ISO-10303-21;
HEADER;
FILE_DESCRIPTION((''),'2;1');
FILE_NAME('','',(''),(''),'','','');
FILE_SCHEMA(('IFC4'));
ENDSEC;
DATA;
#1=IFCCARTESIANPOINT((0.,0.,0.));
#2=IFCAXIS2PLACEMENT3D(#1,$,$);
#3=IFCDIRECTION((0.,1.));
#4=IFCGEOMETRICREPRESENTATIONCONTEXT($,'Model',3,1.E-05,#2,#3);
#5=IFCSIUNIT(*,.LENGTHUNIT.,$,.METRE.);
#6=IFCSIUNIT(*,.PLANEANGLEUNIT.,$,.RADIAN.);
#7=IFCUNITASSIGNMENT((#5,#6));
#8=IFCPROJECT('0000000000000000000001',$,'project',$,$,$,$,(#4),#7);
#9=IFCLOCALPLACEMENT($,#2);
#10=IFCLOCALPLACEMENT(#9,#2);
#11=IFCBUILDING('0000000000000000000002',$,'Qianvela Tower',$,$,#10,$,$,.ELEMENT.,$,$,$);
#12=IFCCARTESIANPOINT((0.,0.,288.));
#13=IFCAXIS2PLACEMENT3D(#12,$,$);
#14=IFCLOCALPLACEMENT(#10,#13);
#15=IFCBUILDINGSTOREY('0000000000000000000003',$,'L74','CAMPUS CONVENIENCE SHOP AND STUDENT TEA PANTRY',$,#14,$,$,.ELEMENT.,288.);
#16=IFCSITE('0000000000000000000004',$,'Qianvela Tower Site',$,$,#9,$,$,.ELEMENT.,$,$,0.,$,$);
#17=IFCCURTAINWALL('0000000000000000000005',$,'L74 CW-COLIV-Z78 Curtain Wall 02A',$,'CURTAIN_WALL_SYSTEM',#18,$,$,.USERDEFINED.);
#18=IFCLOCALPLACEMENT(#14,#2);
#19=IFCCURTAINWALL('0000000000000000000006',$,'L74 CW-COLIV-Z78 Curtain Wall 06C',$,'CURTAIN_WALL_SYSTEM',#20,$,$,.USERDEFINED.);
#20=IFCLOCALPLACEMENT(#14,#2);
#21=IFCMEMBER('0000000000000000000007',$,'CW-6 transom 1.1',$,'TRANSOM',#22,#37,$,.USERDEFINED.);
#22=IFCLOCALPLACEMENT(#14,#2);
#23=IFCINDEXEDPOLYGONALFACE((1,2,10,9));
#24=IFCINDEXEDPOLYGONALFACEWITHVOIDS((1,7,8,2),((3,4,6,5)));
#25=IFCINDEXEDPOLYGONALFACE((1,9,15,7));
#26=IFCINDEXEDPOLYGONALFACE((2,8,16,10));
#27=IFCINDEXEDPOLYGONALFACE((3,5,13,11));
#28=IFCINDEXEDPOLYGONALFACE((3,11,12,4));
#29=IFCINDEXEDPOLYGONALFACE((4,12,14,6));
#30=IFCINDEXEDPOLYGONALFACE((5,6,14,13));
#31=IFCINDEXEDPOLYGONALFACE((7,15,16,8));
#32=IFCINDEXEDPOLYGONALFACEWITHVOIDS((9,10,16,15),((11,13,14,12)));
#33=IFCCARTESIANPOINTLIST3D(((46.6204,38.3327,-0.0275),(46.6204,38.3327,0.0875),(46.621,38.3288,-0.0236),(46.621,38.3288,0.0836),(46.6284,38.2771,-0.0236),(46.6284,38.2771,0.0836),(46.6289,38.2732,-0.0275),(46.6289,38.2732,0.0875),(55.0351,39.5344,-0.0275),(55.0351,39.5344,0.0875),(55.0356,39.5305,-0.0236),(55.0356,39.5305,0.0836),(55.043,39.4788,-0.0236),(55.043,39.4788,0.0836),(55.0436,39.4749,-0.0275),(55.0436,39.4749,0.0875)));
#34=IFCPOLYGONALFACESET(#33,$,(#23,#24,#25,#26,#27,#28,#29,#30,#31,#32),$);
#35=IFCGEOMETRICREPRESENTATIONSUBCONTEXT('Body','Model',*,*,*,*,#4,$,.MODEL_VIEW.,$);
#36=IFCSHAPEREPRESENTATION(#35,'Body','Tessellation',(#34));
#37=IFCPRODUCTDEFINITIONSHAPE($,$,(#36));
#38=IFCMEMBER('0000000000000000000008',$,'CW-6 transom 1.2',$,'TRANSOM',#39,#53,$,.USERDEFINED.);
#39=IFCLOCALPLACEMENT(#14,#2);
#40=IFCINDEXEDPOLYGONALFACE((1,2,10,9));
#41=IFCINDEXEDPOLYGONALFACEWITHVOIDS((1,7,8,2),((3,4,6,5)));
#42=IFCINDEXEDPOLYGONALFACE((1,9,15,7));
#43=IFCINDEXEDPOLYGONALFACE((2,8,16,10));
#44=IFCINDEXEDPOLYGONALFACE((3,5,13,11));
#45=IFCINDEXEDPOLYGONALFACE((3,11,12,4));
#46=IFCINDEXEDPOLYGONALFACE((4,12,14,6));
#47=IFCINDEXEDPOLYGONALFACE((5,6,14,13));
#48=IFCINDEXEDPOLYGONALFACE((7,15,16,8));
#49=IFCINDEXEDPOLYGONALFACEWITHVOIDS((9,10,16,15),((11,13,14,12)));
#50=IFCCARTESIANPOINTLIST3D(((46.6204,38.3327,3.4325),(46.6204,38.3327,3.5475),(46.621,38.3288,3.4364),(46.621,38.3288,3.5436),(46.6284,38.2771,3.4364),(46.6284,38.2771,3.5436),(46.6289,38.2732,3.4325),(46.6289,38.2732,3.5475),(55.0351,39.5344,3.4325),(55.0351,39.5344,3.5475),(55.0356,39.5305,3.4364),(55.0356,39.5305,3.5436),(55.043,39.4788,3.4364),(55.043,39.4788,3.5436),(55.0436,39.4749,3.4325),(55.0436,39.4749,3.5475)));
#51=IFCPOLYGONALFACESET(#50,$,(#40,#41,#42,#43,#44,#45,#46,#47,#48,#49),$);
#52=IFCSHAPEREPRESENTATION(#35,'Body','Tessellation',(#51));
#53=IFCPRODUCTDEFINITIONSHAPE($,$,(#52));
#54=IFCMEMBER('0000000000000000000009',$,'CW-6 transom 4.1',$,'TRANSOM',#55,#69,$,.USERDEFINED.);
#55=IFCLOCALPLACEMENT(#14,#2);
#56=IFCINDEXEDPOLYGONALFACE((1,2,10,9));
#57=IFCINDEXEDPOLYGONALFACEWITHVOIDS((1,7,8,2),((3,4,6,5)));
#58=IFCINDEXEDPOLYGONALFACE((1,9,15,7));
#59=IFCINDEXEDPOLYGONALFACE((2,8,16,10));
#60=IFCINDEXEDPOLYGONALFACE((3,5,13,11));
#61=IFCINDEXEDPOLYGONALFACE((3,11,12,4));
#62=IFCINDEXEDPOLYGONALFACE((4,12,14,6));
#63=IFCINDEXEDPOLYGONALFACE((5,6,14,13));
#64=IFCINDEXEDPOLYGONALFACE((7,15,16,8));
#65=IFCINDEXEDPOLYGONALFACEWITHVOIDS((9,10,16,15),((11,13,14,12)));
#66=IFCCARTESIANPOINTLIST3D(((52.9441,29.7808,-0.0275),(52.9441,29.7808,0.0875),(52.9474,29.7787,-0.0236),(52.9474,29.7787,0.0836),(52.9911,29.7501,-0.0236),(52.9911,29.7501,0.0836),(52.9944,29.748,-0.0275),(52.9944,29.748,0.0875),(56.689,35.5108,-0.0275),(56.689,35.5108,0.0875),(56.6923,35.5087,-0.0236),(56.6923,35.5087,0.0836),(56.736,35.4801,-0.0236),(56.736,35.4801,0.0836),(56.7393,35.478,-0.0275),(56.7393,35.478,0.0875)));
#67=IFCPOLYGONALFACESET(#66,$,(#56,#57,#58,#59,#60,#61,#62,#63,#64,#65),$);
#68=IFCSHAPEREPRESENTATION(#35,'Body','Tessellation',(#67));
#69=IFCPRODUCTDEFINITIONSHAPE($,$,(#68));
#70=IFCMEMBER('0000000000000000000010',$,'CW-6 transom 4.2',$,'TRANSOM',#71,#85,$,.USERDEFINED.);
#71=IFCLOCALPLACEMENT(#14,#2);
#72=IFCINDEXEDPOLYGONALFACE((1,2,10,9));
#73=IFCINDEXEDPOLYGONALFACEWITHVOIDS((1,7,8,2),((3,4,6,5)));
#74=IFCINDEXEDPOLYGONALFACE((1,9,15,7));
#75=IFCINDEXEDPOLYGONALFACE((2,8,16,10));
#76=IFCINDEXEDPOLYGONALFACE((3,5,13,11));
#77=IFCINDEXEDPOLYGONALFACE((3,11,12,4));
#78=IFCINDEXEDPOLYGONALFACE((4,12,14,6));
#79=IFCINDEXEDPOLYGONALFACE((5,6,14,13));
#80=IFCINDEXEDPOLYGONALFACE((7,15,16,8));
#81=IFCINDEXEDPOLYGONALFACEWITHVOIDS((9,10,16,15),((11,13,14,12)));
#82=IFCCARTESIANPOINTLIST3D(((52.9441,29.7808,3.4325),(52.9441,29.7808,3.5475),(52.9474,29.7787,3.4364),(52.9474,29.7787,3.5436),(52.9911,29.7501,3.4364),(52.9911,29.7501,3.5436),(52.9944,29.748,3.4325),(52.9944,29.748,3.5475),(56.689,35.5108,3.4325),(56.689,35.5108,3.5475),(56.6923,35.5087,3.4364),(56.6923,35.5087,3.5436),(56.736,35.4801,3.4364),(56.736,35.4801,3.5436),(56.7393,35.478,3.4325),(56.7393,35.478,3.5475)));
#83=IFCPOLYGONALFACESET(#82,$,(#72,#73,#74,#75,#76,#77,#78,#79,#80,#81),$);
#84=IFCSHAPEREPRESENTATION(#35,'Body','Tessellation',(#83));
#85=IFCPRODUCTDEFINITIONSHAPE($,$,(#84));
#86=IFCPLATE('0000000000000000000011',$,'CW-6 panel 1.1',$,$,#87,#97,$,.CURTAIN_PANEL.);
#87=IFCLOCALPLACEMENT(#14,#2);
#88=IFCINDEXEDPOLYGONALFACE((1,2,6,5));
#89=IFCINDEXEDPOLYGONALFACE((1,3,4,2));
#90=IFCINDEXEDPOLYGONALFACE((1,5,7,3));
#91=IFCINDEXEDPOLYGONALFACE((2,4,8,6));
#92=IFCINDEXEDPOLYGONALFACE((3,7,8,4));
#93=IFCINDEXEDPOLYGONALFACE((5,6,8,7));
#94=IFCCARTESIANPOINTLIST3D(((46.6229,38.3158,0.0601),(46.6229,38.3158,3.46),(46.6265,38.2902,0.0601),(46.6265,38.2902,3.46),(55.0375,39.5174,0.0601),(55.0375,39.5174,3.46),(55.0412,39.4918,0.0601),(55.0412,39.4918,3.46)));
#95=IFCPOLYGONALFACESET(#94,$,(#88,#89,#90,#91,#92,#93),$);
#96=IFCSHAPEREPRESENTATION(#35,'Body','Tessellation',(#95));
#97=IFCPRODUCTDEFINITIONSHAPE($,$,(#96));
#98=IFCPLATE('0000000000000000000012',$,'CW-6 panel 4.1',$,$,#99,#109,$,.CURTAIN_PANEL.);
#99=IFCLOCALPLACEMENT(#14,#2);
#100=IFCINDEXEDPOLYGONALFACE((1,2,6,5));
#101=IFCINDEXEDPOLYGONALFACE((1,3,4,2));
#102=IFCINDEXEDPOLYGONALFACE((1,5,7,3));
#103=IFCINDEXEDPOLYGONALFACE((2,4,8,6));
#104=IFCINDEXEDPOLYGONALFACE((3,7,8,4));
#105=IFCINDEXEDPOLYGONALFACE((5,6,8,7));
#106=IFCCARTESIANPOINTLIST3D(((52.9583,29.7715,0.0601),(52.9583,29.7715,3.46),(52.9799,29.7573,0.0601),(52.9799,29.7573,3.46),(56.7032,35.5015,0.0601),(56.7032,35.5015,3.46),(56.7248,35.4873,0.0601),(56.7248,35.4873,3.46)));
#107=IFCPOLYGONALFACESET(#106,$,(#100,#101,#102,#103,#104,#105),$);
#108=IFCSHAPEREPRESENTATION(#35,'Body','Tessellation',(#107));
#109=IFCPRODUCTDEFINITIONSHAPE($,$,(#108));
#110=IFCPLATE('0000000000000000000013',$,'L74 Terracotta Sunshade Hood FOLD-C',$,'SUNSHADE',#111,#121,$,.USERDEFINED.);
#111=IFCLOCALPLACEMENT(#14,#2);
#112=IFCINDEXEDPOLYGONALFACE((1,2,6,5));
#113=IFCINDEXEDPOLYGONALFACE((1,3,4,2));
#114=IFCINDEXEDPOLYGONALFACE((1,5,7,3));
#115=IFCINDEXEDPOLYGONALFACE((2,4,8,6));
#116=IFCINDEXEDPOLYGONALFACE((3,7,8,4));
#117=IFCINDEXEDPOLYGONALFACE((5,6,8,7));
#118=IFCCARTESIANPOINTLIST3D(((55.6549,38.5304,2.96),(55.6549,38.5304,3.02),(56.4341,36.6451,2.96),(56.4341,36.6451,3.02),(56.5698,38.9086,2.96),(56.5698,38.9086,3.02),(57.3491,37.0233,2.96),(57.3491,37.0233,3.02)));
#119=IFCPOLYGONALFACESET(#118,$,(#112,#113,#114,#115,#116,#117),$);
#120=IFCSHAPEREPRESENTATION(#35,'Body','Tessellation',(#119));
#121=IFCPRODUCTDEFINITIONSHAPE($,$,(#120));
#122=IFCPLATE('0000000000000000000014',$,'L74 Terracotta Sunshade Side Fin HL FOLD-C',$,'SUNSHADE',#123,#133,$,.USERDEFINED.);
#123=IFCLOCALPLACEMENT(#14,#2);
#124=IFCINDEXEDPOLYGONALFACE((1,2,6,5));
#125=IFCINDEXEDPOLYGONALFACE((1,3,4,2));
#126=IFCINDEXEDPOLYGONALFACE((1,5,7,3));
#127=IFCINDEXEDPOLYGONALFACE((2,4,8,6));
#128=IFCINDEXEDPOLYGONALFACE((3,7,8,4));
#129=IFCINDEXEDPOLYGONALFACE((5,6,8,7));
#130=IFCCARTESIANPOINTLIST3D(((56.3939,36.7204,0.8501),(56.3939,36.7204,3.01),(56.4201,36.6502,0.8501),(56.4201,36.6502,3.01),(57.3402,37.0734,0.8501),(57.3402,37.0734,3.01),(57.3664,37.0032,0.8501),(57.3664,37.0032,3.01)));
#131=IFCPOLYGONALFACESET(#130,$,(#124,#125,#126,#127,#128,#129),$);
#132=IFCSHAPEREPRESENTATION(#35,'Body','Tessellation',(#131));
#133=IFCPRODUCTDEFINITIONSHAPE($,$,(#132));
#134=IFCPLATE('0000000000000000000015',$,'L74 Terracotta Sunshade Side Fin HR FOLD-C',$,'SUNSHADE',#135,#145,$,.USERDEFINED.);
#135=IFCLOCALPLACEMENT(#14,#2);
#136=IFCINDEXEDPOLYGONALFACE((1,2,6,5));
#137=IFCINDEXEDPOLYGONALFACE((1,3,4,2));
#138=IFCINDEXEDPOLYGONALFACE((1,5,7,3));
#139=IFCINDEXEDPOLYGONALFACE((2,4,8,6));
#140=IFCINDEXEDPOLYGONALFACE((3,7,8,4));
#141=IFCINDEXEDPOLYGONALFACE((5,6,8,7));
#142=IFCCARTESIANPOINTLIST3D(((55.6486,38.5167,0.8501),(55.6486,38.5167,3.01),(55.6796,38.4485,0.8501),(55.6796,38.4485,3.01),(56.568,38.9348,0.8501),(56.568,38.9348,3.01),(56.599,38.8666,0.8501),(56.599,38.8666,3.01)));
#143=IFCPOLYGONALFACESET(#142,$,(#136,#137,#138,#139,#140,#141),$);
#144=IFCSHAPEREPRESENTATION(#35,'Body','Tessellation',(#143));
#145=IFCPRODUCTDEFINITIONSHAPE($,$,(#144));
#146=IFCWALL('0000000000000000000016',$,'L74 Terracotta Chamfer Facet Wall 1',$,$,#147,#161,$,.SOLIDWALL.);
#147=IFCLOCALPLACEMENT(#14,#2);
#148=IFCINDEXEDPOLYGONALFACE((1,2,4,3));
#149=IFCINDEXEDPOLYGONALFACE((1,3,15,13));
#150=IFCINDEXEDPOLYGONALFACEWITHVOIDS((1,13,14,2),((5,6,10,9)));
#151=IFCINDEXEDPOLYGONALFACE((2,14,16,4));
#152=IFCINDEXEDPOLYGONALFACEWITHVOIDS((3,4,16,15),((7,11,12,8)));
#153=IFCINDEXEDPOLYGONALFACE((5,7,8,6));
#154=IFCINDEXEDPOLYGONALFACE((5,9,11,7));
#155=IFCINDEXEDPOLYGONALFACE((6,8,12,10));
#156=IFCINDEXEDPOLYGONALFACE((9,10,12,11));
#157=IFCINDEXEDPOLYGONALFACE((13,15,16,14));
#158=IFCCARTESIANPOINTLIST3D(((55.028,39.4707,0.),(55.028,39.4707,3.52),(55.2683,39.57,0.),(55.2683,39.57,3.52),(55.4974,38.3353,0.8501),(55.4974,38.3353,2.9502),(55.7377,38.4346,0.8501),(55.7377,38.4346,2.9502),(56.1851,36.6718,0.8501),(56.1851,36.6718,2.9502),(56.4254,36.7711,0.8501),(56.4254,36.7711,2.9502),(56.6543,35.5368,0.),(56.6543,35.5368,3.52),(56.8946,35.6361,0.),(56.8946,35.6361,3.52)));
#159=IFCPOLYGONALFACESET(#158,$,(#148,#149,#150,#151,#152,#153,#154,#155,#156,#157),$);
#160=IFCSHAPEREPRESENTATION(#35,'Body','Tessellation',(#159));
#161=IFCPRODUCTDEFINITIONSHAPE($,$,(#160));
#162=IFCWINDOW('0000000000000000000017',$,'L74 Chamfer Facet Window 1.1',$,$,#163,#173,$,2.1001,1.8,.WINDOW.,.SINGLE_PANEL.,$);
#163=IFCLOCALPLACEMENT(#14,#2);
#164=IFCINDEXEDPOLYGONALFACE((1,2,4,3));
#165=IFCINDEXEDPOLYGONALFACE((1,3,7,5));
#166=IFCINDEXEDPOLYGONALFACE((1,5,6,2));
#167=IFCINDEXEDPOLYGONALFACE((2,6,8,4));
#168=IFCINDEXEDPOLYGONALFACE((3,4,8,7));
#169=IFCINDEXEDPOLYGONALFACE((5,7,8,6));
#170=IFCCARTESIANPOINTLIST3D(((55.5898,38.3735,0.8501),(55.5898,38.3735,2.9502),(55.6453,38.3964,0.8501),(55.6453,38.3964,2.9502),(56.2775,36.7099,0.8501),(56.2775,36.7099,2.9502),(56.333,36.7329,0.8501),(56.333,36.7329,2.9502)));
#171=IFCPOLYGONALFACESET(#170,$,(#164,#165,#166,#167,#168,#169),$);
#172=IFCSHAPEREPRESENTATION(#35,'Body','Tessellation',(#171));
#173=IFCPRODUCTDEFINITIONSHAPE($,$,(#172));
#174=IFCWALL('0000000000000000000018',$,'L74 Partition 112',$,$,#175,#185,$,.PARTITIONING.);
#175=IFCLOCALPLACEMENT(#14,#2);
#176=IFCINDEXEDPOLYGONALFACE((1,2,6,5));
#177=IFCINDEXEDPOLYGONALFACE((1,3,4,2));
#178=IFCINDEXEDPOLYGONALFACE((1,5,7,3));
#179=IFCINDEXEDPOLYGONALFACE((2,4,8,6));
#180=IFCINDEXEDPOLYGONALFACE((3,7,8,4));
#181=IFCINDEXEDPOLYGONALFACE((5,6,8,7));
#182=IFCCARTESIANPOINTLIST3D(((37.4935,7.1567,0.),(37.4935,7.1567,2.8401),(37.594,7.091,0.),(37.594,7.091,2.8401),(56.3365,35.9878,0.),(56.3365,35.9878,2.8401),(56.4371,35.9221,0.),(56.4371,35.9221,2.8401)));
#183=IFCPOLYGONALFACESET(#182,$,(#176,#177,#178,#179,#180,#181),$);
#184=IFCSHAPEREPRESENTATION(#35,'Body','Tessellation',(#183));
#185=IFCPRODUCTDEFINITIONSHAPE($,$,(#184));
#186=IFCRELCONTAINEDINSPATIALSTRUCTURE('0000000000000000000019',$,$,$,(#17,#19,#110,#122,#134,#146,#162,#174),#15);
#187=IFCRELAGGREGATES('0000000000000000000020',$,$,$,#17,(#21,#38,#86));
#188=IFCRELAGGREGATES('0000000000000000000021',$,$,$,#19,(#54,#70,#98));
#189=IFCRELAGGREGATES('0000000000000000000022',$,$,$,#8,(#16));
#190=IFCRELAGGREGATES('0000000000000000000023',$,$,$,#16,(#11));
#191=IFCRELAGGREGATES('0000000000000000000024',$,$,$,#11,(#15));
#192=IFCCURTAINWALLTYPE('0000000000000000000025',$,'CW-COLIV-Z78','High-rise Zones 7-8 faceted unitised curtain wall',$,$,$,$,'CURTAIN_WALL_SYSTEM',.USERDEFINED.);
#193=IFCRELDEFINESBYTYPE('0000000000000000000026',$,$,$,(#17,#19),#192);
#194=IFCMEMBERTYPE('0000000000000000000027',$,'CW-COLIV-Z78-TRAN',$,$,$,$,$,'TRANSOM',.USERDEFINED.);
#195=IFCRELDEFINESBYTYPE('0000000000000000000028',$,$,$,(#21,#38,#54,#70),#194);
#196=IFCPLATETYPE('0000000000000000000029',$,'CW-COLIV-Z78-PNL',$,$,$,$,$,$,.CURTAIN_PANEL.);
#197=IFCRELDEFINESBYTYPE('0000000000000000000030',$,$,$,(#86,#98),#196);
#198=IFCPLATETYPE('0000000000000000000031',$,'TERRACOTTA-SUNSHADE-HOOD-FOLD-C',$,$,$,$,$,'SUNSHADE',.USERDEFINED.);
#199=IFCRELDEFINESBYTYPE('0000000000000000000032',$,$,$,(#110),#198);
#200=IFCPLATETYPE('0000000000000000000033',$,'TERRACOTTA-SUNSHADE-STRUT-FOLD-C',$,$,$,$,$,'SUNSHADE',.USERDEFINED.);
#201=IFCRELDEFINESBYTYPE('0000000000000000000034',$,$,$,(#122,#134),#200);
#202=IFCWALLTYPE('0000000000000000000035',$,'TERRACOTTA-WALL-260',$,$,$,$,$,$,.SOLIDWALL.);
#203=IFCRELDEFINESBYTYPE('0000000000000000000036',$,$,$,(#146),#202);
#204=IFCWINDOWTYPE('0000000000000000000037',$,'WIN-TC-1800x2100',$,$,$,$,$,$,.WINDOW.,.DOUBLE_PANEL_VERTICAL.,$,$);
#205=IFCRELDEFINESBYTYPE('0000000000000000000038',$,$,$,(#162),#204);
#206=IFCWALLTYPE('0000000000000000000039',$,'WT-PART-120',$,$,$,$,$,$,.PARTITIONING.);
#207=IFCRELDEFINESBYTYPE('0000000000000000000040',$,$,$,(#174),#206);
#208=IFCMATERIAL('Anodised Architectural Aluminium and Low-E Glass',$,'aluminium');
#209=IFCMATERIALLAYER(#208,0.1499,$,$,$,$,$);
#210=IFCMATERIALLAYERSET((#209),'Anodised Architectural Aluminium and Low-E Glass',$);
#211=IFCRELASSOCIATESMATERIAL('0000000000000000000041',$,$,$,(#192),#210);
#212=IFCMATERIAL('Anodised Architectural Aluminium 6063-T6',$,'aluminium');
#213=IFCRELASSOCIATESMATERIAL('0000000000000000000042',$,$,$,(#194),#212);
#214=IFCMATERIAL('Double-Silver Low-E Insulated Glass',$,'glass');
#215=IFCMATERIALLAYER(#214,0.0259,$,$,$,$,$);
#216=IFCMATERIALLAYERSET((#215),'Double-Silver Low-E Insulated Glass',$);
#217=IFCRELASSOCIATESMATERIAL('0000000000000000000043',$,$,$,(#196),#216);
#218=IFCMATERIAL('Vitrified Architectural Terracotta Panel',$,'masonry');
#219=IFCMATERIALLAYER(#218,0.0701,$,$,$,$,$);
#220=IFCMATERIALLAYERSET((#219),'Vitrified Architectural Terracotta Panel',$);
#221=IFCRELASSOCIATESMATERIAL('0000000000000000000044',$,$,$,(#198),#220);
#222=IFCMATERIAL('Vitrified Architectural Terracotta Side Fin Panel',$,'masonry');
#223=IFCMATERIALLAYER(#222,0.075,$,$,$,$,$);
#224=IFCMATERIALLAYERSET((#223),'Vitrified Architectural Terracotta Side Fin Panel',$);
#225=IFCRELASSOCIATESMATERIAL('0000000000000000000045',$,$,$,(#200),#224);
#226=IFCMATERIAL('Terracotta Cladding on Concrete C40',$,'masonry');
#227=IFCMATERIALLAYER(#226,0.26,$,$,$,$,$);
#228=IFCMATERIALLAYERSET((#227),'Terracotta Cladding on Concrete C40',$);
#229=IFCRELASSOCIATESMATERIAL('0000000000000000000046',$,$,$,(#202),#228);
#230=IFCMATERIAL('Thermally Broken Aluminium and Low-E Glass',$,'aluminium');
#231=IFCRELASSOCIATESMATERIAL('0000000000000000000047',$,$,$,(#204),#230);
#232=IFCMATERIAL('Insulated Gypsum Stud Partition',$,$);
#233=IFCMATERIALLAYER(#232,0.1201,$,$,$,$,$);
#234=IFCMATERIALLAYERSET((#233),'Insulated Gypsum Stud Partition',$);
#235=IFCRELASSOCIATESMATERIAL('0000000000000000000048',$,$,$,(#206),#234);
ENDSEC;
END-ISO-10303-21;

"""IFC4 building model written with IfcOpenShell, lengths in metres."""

from ifc_helpers import new_model, si_unit, direction, frame, frame_2d, origin, origin_2d, place, context, subcontext, project, spatial, rectangle, hollow_rectangle, extrude, material, layer, layer_set, material_profile, profile_set, type_object, element, fill, aggregate, save


model = new_model("IFC4")

# Units and contexts
model_context = context("Model", 3, precision=1e-05, world=origin(), true_north=direction((0.0, 1.0)))
body_context = subcontext(model_context, "Body", "Model", "MODEL_VIEW")
ifc_project = project(units=[si_unit("LENGTHUNIT", "METRE"), si_unit("PLANEANGLEUNIT", "RADIAN")], contexts=[model_context])

# Site, building, storey
site_placement = place(None, origin())
site = spatial("IfcSite", under=ifc_project, at=site_placement, Name="Qianvela Tower Site", CompositionType="ELEMENT", RefElevation=0.0)
building_placement = place(site_placement, origin())
building = spatial("IfcBuilding", under=site, at=building_placement, Name="Qianvela Tower", CompositionType="ELEMENT")
storey_placement = place(building_placement, frame((0.0, 0.0, 288.0)))
storey = spatial("IfcBuildingStorey", under=building, at=storey_placement, Name="L74", Description="CAMPUS CONVENIENCE SHOP AND STUDENT TEA PANTRY", CompositionType="ELEMENT", Elevation=288.0)

# Curtain walls
ifc_material_1 = material(Name="Anodised Architectural Aluminium and Low-E Glass", Category="aluminium")
ifc_layer_1 = layer(ifc_material_1, 0.1499)
ifc_layer_set_1 = layer_set([ifc_layer_1], Name="Anodised Architectural Aluminium and Low-E Glass")
curtain_wall_type = type_object("IfcCurtainWallType", Name="CW-COLIV-Z78", Description="High-rise Zones 7-8 faceted unitised curtain wall", ElementType="CURTAIN_WALL_SYSTEM", PredefinedType="USERDEFINED", material=ifc_layer_set_1)
curtain_wall_1_placement = place(storey_placement, origin())
curtain_wall_1 = element("IfcCurtainWall", 1, at=curtain_wall_1_placement, inside=storey, type_object=curtain_wall_type, Name="L74 CW-COLIV-Z78 Curtain Wall 02A", ObjectType="CURTAIN_WALL_SYSTEM", PredefinedType="USERDEFINED")
curtain_wall_2_placement = place(storey_placement, origin())
curtain_wall_2 = element("IfcCurtainWall", 2, at=curtain_wall_2_placement, inside=storey, type_object=curtain_wall_type, Name="L74 CW-COLIV-Z78 Curtain Wall 06C", ObjectType="CURTAIN_WALL_SYSTEM", PredefinedType="USERDEFINED")

# Members
ifc_material_2 = material(Name="Anodised Architectural Aluminium 6063-T6", Category="aluminium")
ifc_material_profile_1 = material_profile(ifc_material_2, hollow_rectangle(XDim=0.0601, YDim=0.115, WallThickness=0.0039, at=origin_2d()), Name="ALU-TRAN-60x115")
ifc_profile_set_1 = profile_set([ifc_material_profile_1], Name="Anodised Architectural Aluminium 6063-T6")
member_type_1 = type_object("IfcMemberType", Name="CW-COLIV-Z78-TRAN", ElementType="TRANSOM", PredefinedType="USERDEFINED", material=ifc_profile_set_1)
member_1_placement = place(storey_placement, frame((55.0393, 39.5046, 0.03), z_axis=(-0.989956, -0.141373, 0.0), x_axis=(0.141373, -0.989956, 0.0)))
member_1 = element("IfcMember", 3, at=member_1_placement, type_object=member_type_1, Name="CW-6 transom 1.1", ObjectType="TRANSOM", PredefinedType="USERDEFINED", context=body_context, shape_type="SweptSolid", body=[
    extrude(hollow_rectangle(XDim=0.0601, YDim=0.115, WallThickness=0.0039, at=origin_2d()), origin(), (0.0, 0.0, 1.0), 8.5),
])
member_2_placement = place(storey_placement, frame((55.0393, 39.5046, 3.49), z_axis=(-0.989956, -0.141373, 0.0), x_axis=(0.141373, -0.989956, 0.0)))
member_2 = element("IfcMember", 4, at=member_2_placement, type_object=member_type_1, Name="CW-6 transom 1.2", ObjectType="TRANSOM", PredefinedType="USERDEFINED", context=body_context, shape_type="SweptSolid", body=[
    extrude(hollow_rectangle(XDim=0.0601, YDim=0.115, WallThickness=0.0039, at=origin_2d()), origin(), (0.0, 0.0, 1.0), 8.5),
])
member_3_placement = place(storey_placement, frame((52.9692, 29.7644, 0.03), z_axis=(0.54708, 0.83708, 0.0), x_axis=(-0.83708, 0.54708, 0.0)))
member_3 = element("IfcMember", 5, at=member_3_placement, type_object=member_type_1, Name="CW-6 transom 4.1", ObjectType="TRANSOM", PredefinedType="USERDEFINED", context=body_context, shape_type="SweptSolid", body=[
    extrude(hollow_rectangle(XDim=0.0601, YDim=0.115, WallThickness=0.0039, at=origin_2d()), origin(), (0.0, 0.0, 1.0), 6.8452),
])
member_4_placement = place(storey_placement, frame((52.9692, 29.7644, 3.49), z_axis=(0.54708, 0.83708, 0.0), x_axis=(-0.83708, 0.54708, 0.0)))
member_4 = element("IfcMember", 6, at=member_4_placement, type_object=member_type_1, Name="CW-6 transom 4.2", ObjectType="TRANSOM", PredefinedType="USERDEFINED", context=body_context, shape_type="SweptSolid", body=[
    extrude(hollow_rectangle(XDim=0.0601, YDim=0.115, WallThickness=0.0039, at=origin_2d()), origin(), (0.0, 0.0, 1.0), 6.8452),
])

# Plates
ifc_material_3 = material(Name="Double-Silver Low-E Insulated Glass", Category="glass")
ifc_layer_2 = layer(ifc_material_3, 0.0259)
ifc_layer_set_2 = layer_set([ifc_layer_2], Name="Double-Silver Low-E Insulated Glass")
plate_type_1 = type_object("IfcPlateType", Name="CW-COLIV-Z78-PNL", PredefinedType="CURTAIN_PANEL", material=ifc_layer_set_2)
plate_1_placement = place(storey_placement, frame((50.832, 38.9038, 0.0601), z_axis=(0.0, 0.0, 1.0), x_axis=(-0.989958, -0.141362, 0.0)))
plate_1 = element("IfcPlate", 7, at=plate_1_placement, type_object=plate_type_1, Name="CW-6 panel 1.1", PredefinedType="CURTAIN_PANEL", context=body_context, shape_type="SweptSolid", body=[
    extrude(rectangle(XDim=8.5, YDim=0.0259, at=origin_2d()), origin(), (0.0, 0.0, 1.0), 3.3999),
])
aggregate(curtain_wall_1, [member_1, member_2, plate_1])
plate_2_placement = place(storey_placement, frame((54.8416, 32.6294, 0.0601), z_axis=(0.0, 0.0, 1.0), x_axis=(0.547081, 0.83708, 0.0)))
plate_2 = element("IfcPlate", 8, at=plate_2_placement, type_object=plate_type_1, Name="CW-6 panel 4.1", PredefinedType="CURTAIN_PANEL", context=body_context, shape_type="SweptSolid", body=[
    extrude(rectangle(XDim=6.8452, YDim=0.0259, at=origin_2d()), origin(), (0.0, 0.0, 1.0), 3.3999),
])
aggregate(curtain_wall_2, [member_3, member_4, plate_2])

# Plates
ifc_material_4 = material(Name="Vitrified Architectural Terracotta Panel", Category="masonry")
ifc_layer_3 = layer(ifc_material_4, 0.0701)
ifc_layer_set_3 = layer_set([ifc_layer_3], Name="Vitrified Architectural Terracotta Panel")
plate_type_2 = type_object("IfcPlateType", Name="TERRACOTTA-SUNSHADE-HOOD-FOLD-C", ElementType="SUNSHADE", PredefinedType="USERDEFINED", material=ifc_layer_set_3)
plate_3_placement = place(storey_placement, frame((56.502, 37.7769, 2.96), z_axis=(0.0, 0.0, 1.0), x_axis=(-0.381995, 0.924164, 0.0)))
element("IfcPlate", 9, at=plate_3_placement, inside=storey, type_object=plate_type_2, Name="L74 Terracotta Sunshade Hood FOLD-C", ObjectType="SUNSHADE", PredefinedType="USERDEFINED", context=body_context, shape_type="SweptSolid", body=[
    extrude(rectangle(XDim=2.04, YDim=0.99, at=origin_2d()), origin(), (0.0, 0.0, 1.0), 0.0601),
])
ifc_material_5 = material(Name="Vitrified Architectural Terracotta Side Fin Panel", Category="masonry")
ifc_layer_4 = layer(ifc_material_5, 0.075)
ifc_layer_set_4 = layer_set([ifc_layer_4], Name="Vitrified Architectural Terracotta Side Fin Panel")
plate_type_3 = type_object("IfcPlateType", Name="TERRACOTTA-SUNSHADE-STRUT-FOLD-C", ElementType="SUNSHADE", PredefinedType="USERDEFINED", material=ifc_layer_set_4)
for number, where, z_axis, x_axis, name in (
    (10, (56.8801, 36.8618, 0.8501), (0.0, 0.0, 1.0), (-0.349509, 0.936933, 0.0), "L74 Terracotta Sunshade Side Fin HL FOLD-C"),
    (11, (56.1238, 38.6917, 0.8501), (0.0, 0.0, 1.0), (-0.414015, 0.91027, 0.0), "L74 Terracotta Sunshade Side Fin HR FOLD-C"),
):
    element("IfcPlate", number, at=place(storey_placement, frame(where, z_axis=z_axis, x_axis=x_axis)), inside=storey, type_object=plate_type_3, Name=name, ObjectType="SUNSHADE", PredefinedType="USERDEFINED", context=body_context, shape_type="SweptSolid", body=[
        extrude(rectangle(XDim=0.075, YDim=1.01, at=origin_2d()), origin(), (0.0, 0.0, 1.0), 2.1599),
    ])

# Wall, opening, window
ifc_material_6 = material(Name="Terracotta Cladding on Concrete C40", Category="masonry")
ifc_layer_5 = layer(ifc_material_6, 0.26)
ifc_layer_set_5 = layer_set([ifc_layer_5], Name="Terracotta Cladding on Concrete C40")
wall_type_1 = type_object("IfcWallType", Name="TERRACOTTA-WALL-260", PredefinedType="SOLIDWALL", material=ifc_layer_set_5)
wall_1_placement = place(storey_placement, frame((56.7744, 35.5864, 0.0), z_axis=(0.0, 0.0, 1.0), x_axis=(-0.382036, 0.924147, 0.0)))
wall_1 = element("IfcWall", 12, at=wall_1_placement, inside=storey, type_object=wall_type_1, Name="L74 Terracotta Chamfer Facet Wall 1", PredefinedType="SOLIDWALL", context=body_context, shape_type="SweptSolid", body=[
    extrude(rectangle(XDim=4.2568, YDim=0.26, at=frame_2d((2.1284, 0.0))), origin(), (0.0, 0.0, 1.0), 3.52),
])
opening_placement = place(wall_1_placement, frame((1.2283, 0.0, 0.8501)))
opening = element("IfcOpeningElement", 13, at=opening_placement, cuts=wall_1, PredefinedType="OPENING", context=body_context, shape_type="SweptSolid", body=[
    extrude(rectangle(XDim=1.8, YDim=2.1001, at=frame_2d((0.8999, 1.05))), frame((0.0, 0.1399, 0.0), z_axis=(0.0, -1.0, 0.0), x_axis=(1.0, 0.0, 0.0)), (0.0, 0.0, 1.0), 0.28),
])
ifc_material_7 = material(Name="Thermally Broken Aluminium and Low-E Glass", Category="aluminium")
window_type = type_object("IfcWindowType", Name="WIN-TC-1800x2100", PartitioningType="DOUBLE_PANEL_VERTICAL", PredefinedType="WINDOW", material=ifc_material_7)
window_placement = place(opening_placement, origin())
window = element("IfcWindow", 14, at=window_placement, inside=storey, type_object=window_type, Name="L74 Chamfer Facet Window 1.1", OverallHeight=2.1001, OverallWidth=1.8, PartitioningType="SINGLE_PANEL", PredefinedType="WINDOW", context=body_context, shape_type="SweptSolid", body=[
    extrude(rectangle(XDim=1.8, YDim=2.1001, at=frame_2d((0.8999, 1.05))), frame((0.0, 0.03, 0.0), z_axis=(0.0, -1.0, 0.0), x_axis=(1.0, 0.0, 0.0)), (0.0, 0.0, 1.0), 0.0601),
])
fill(opening, window)

# Wall
ifc_material_8 = material(Name="Insulated Gypsum Stud Partition")
ifc_layer_6 = layer(ifc_material_8, 0.1201)
ifc_layer_set_6 = layer_set([ifc_layer_6], Name="Insulated Gypsum Stud Partition")
wall_type_2 = type_object("IfcWallType", Name="WT-PART-120", PredefinedType="PARTITIONING", material=ifc_layer_set_6)
wall_2_placement = place(storey_placement, frame((56.3867, 35.9548, 0.0), z_axis=(0.0, 0.0, 1.0), x_axis=(-0.547085, -0.837077, 0.0)))
element("IfcWall", 15, at=wall_2_placement, inside=storey, type_object=wall_type_2, Name="L74 Partition 112", PredefinedType="PARTITIONING", context=body_context, shape_type="SweptSolid", body=[
    extrude(rectangle(XDim=34.4426, YDim=0.1201, at=frame_2d((17.2212, 0.0))), origin(), (0.0, 0.0, 1.0), 2.8401),
])

save(model, "model.ifc")
